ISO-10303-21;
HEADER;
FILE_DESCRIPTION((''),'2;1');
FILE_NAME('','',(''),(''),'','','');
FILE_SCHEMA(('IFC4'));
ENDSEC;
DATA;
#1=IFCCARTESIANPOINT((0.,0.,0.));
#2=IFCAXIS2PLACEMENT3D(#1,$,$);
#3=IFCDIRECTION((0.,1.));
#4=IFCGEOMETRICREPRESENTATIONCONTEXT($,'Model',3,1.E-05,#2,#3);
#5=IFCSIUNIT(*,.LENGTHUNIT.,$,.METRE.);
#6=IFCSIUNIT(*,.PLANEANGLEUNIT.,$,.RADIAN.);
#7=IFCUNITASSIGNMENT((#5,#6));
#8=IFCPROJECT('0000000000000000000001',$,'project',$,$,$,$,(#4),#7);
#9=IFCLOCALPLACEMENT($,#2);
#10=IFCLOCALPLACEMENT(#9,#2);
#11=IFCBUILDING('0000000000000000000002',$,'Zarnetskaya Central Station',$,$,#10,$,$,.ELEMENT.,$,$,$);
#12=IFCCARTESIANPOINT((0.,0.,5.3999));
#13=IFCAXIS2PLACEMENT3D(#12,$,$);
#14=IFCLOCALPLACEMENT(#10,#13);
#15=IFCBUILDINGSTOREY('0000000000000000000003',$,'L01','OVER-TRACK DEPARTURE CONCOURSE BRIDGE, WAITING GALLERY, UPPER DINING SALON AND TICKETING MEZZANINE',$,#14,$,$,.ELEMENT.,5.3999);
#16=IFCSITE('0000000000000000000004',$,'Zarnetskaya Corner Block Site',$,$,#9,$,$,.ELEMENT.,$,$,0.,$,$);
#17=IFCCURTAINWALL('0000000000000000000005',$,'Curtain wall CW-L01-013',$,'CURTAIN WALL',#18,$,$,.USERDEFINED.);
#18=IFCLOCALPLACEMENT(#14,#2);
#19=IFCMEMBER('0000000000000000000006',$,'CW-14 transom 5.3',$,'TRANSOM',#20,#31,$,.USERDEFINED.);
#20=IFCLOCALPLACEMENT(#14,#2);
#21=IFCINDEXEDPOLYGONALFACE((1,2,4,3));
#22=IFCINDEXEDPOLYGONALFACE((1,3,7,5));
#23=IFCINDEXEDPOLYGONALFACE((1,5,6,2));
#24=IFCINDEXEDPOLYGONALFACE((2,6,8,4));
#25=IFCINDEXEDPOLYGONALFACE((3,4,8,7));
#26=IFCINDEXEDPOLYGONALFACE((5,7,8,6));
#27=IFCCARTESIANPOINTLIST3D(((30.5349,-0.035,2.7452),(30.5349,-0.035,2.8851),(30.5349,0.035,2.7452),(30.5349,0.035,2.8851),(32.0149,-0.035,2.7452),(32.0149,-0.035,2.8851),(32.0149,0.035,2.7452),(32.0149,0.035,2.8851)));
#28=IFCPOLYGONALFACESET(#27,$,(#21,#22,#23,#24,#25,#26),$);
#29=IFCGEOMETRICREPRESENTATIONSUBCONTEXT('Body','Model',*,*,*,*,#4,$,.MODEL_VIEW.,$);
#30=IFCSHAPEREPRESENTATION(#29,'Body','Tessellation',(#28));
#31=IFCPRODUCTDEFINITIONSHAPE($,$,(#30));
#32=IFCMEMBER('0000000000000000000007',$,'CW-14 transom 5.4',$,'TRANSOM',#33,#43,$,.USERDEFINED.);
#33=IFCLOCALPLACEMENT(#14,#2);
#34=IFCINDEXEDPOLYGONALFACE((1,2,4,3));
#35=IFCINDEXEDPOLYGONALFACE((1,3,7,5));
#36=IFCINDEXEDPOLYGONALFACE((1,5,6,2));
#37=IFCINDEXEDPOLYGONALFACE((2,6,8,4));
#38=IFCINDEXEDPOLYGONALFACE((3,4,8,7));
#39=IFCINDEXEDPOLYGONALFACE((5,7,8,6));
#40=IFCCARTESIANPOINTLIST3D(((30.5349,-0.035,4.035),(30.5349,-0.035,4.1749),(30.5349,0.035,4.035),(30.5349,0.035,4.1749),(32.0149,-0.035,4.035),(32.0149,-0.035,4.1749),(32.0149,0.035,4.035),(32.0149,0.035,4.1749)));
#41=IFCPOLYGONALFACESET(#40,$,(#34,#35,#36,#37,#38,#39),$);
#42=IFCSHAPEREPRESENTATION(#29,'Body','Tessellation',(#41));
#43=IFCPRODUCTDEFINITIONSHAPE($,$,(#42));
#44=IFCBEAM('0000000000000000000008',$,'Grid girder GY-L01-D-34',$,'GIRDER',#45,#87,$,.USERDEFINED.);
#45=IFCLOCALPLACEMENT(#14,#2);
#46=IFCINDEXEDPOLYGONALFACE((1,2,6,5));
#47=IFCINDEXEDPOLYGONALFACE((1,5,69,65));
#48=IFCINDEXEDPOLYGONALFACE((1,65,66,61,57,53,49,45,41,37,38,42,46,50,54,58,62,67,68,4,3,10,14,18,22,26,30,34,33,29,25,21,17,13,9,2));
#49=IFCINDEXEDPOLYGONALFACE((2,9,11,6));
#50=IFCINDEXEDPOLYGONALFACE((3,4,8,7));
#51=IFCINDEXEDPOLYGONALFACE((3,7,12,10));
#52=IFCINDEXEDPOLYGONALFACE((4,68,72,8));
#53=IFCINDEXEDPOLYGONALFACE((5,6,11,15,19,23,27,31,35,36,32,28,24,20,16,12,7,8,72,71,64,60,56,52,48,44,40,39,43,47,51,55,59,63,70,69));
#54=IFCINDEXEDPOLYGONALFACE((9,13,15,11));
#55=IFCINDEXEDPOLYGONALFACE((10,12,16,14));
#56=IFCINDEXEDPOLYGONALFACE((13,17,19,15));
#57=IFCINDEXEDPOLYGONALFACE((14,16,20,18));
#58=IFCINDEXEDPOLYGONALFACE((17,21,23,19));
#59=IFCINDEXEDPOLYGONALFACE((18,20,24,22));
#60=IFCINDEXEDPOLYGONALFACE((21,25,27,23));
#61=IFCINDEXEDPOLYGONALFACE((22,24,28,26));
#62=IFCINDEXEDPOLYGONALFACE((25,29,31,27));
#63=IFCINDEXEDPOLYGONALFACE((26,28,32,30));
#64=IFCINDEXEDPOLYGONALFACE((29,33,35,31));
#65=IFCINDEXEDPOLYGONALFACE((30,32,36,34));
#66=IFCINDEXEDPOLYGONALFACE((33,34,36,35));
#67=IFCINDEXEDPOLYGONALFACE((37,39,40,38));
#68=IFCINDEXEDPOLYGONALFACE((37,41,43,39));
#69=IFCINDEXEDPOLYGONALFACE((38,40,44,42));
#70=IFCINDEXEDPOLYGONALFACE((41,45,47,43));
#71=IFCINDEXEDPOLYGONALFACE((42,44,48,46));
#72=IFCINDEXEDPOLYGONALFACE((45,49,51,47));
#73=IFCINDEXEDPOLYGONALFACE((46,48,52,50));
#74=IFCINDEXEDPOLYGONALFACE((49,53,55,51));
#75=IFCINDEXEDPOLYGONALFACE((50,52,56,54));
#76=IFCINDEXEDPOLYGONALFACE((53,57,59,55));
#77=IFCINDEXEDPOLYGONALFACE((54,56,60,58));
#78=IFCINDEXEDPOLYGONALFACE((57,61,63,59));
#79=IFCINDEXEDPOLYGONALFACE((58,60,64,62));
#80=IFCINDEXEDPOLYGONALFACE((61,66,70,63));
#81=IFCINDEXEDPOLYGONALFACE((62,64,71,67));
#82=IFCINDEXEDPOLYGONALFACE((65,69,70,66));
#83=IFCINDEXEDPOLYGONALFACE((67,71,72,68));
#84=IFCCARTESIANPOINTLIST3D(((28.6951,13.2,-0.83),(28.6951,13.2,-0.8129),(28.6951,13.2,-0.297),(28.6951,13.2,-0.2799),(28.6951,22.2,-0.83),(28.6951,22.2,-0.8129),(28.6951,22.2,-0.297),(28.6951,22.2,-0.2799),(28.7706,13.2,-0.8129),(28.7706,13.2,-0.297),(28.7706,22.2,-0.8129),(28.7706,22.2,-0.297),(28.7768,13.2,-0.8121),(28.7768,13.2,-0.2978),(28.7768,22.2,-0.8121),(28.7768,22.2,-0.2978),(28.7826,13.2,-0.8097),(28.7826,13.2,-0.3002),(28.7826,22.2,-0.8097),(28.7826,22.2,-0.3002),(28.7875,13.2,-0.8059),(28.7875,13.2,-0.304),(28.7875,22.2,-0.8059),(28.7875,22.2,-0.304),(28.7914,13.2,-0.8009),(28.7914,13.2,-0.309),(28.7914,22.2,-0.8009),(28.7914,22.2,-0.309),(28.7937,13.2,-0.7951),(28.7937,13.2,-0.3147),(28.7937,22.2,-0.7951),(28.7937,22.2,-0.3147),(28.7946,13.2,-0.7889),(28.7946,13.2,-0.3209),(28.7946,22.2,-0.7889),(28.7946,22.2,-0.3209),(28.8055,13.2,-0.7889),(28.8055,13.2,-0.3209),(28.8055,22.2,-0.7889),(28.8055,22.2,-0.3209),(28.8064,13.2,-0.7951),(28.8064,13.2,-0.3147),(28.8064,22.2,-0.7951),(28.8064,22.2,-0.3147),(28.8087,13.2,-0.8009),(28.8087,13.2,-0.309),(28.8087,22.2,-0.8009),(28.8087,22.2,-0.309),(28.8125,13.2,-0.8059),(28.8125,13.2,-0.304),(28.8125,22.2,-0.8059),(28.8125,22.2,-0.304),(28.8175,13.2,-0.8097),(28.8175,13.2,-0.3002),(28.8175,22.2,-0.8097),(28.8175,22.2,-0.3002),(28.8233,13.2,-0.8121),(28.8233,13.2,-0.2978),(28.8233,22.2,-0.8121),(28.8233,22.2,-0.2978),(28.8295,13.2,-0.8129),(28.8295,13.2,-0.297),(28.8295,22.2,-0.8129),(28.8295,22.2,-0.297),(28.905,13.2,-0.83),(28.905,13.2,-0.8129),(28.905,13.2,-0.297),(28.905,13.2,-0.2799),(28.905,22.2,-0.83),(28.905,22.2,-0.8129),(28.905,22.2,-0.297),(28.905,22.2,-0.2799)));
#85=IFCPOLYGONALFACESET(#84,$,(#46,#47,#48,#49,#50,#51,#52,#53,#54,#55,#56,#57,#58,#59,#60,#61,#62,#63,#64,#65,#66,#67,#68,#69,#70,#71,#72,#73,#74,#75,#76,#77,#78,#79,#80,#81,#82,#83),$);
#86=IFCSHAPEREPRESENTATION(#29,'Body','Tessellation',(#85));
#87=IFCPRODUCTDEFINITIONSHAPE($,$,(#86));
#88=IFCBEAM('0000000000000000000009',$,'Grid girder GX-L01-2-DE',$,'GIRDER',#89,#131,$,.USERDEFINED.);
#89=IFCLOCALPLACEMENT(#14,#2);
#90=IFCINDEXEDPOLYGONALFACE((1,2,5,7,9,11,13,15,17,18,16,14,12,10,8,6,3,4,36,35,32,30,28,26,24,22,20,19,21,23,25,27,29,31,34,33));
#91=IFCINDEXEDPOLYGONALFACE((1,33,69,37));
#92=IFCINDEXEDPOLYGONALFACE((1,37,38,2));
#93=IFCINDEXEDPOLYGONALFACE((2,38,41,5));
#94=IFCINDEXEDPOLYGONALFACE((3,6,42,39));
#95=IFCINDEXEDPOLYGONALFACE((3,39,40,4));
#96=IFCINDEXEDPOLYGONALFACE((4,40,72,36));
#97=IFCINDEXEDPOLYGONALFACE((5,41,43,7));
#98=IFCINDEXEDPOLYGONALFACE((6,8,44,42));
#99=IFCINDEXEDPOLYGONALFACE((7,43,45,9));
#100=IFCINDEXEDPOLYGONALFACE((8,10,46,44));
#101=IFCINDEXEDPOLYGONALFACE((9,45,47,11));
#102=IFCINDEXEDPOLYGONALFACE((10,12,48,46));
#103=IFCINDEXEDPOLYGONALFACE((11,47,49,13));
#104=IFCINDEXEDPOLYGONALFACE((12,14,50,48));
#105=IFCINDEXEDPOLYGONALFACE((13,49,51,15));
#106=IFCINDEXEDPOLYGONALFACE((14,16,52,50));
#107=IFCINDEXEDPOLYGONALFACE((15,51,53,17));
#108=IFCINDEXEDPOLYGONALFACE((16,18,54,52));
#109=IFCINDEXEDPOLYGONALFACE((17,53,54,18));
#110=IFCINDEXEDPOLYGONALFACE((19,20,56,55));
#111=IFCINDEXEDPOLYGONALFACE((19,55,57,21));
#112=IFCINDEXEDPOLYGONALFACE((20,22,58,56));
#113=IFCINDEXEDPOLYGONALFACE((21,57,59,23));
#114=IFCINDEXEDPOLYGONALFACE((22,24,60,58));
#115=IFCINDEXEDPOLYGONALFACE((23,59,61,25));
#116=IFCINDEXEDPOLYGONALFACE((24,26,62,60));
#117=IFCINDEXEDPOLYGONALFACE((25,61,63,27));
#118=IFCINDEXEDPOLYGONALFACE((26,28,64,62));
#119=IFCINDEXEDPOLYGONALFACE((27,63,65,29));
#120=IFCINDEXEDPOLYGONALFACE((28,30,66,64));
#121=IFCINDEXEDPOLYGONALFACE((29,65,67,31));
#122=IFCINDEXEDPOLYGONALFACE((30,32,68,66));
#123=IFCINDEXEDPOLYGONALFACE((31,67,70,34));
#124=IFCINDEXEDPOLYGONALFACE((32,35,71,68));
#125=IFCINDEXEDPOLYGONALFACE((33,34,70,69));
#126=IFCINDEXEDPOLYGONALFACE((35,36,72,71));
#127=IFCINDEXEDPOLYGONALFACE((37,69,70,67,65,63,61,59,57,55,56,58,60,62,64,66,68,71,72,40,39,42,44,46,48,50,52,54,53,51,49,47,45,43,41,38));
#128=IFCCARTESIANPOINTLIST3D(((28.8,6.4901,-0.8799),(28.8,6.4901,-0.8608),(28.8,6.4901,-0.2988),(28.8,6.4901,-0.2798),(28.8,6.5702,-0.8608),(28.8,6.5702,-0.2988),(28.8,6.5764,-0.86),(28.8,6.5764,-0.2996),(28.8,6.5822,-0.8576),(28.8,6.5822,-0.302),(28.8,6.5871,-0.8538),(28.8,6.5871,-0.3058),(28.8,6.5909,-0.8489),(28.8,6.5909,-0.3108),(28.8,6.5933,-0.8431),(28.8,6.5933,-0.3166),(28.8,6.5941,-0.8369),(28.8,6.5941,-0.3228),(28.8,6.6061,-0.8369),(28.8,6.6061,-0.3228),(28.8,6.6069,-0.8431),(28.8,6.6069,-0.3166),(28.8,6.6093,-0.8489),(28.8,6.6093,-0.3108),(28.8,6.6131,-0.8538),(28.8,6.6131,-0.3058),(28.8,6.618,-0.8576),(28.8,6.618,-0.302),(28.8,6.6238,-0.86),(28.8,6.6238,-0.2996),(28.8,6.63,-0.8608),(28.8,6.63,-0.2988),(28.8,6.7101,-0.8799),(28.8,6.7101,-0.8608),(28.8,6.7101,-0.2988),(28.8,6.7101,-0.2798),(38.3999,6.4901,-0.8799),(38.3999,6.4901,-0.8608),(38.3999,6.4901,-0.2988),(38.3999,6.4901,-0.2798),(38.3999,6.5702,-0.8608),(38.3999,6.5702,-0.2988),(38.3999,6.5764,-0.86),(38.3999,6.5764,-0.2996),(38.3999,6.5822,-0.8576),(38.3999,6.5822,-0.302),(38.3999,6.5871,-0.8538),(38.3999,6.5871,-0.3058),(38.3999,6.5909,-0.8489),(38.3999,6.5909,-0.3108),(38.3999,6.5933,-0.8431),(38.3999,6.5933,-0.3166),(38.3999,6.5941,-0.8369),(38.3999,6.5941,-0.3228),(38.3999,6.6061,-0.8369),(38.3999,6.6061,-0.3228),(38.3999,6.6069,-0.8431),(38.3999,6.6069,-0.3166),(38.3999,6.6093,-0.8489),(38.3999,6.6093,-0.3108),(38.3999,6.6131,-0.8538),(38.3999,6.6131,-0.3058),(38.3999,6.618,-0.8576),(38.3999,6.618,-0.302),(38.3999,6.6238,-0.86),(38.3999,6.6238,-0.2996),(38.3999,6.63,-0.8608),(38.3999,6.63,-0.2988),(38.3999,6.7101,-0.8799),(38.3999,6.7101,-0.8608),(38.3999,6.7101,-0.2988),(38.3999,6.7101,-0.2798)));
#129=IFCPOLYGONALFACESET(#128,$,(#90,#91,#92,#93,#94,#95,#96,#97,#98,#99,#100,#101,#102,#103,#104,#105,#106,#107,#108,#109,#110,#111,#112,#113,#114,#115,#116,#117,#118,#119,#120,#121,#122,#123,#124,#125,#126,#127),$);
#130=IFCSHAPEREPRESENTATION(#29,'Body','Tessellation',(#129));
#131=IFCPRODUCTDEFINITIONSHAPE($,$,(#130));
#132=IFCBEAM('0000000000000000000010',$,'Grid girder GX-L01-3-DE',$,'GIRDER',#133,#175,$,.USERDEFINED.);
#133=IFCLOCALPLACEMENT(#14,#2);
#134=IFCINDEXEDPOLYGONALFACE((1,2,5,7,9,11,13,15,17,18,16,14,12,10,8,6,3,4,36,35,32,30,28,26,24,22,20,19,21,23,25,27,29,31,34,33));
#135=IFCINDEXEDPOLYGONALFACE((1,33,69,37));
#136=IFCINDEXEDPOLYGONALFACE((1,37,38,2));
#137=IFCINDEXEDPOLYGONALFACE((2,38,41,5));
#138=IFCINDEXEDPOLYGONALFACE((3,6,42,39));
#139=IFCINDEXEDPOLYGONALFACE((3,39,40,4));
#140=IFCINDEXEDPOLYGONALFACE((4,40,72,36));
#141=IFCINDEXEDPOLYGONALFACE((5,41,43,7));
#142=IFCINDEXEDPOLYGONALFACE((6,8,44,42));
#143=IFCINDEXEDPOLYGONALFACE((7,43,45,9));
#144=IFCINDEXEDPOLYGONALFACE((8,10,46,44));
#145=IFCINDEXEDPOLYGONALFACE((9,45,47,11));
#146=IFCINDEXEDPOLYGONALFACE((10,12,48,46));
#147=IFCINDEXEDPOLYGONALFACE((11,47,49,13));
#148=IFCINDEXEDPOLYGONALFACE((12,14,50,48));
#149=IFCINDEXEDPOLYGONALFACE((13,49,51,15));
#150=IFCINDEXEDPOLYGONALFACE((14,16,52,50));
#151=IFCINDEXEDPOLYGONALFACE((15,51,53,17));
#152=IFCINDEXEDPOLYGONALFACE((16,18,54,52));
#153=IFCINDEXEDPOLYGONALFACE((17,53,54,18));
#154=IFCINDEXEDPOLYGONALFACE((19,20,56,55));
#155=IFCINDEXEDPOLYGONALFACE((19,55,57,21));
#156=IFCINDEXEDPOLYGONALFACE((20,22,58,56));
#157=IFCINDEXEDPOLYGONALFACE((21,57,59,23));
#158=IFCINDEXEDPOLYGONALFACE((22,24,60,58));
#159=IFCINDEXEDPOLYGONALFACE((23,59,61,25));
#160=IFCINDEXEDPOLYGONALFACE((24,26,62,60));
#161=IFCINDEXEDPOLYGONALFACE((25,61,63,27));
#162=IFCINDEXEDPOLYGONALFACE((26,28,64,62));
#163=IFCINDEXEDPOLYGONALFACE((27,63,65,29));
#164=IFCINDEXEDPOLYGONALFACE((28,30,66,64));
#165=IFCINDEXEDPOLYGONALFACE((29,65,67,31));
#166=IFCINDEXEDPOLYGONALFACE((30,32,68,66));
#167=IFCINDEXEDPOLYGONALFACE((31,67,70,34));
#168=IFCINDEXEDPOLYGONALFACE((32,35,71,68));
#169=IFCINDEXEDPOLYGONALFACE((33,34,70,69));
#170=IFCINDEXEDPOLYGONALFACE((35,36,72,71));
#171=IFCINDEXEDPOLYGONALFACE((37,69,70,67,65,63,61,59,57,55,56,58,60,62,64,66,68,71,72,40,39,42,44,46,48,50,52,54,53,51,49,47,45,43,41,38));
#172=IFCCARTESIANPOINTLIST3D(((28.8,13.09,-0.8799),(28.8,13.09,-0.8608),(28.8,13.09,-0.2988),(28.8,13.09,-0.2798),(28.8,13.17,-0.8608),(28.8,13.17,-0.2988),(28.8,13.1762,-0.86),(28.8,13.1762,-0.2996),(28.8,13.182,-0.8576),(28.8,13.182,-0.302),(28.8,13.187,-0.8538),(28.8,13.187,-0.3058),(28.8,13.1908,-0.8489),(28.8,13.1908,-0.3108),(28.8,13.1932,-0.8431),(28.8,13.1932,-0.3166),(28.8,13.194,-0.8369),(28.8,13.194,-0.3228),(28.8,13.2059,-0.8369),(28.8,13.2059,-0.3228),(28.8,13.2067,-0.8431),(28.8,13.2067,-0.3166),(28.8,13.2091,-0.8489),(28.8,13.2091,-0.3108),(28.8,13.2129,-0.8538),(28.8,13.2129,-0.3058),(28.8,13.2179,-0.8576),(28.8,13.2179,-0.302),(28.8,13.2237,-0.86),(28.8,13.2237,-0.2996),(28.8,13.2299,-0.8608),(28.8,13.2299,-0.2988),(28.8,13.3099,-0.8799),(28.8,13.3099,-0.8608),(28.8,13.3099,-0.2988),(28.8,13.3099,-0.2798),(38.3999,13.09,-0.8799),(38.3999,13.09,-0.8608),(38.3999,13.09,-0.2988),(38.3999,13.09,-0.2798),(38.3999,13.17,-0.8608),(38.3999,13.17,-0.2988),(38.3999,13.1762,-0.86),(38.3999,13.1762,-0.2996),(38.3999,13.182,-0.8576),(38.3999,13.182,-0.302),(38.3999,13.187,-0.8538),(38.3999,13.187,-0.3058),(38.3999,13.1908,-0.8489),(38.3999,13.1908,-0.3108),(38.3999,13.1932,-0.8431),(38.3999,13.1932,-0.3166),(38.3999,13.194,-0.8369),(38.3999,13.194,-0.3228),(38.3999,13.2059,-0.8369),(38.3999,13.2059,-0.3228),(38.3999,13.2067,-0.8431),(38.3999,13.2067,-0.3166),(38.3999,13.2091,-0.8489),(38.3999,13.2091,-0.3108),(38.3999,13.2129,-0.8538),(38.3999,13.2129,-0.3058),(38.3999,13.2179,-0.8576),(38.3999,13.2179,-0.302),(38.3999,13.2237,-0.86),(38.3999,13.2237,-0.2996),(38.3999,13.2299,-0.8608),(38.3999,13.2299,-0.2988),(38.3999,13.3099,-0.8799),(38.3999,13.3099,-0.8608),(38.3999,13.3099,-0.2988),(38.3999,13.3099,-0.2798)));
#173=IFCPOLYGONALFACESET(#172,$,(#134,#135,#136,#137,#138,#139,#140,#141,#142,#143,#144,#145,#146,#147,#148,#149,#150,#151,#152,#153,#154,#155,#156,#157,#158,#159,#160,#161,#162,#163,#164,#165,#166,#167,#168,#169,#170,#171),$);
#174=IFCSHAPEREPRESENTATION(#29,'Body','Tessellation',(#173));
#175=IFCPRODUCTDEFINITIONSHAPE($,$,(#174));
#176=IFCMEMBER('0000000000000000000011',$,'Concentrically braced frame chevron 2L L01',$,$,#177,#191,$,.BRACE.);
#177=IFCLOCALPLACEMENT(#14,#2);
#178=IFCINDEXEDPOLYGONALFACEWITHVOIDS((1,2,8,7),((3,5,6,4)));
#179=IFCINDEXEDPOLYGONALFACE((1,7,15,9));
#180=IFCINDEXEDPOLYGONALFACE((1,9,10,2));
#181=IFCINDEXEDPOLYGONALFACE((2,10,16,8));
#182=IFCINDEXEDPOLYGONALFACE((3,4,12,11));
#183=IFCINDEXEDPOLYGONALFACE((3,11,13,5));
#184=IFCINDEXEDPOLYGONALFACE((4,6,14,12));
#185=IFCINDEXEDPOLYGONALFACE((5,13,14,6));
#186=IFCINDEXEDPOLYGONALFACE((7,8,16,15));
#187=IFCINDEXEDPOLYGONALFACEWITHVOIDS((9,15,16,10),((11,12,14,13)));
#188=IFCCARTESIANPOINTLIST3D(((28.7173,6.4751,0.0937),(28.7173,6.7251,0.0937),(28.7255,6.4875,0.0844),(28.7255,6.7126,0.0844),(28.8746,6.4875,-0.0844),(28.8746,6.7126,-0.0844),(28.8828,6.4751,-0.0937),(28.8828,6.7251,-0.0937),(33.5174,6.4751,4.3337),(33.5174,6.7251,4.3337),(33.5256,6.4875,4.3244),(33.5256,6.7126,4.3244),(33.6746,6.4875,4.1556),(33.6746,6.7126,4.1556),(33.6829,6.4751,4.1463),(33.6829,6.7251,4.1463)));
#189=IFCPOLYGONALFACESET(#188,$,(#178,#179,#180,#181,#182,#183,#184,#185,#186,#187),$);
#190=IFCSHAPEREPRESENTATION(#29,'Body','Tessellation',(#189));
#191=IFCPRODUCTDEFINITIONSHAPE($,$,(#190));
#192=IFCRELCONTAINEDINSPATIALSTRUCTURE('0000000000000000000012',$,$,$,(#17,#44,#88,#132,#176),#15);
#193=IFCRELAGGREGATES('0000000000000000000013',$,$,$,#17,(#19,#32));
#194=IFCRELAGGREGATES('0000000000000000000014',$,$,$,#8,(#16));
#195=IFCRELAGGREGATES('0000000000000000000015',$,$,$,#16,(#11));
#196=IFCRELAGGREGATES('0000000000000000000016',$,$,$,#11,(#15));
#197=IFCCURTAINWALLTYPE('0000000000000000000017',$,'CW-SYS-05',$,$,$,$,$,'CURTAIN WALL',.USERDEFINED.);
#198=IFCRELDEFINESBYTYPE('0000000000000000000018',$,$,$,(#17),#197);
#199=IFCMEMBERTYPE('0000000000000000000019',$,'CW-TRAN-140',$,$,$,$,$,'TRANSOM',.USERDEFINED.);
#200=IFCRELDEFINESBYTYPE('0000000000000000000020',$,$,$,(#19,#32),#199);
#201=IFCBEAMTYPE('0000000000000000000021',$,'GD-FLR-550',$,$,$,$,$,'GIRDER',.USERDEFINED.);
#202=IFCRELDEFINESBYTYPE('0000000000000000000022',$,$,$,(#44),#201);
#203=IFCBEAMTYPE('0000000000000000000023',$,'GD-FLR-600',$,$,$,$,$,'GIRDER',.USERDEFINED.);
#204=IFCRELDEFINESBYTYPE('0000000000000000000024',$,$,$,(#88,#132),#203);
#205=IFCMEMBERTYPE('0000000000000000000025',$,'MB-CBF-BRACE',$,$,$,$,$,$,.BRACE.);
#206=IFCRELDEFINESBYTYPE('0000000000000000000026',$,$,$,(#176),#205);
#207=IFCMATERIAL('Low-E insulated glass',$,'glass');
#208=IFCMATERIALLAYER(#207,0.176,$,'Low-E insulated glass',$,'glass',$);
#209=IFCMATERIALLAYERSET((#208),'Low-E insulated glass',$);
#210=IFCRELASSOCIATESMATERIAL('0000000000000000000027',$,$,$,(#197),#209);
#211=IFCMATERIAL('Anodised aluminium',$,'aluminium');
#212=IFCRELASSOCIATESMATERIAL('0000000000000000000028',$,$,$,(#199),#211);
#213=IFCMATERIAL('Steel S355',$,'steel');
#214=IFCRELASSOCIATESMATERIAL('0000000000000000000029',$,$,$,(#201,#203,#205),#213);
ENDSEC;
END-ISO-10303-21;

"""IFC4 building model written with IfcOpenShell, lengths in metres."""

from ifc_helpers import new_model, si_unit, direction, frame, origin, origin_2d, place, context, subcontext, project, spatial, rectangle, hollow_rectangle, i_section, extrude, material, layer, layer_set, material_profile, profile_set, type_object, element, aggregate, save


model = new_model("IFC4")

# Units and contexts
model_context = context("Model", 3, precision=1e-05, world=origin(), true_north=direction((0.0, 1.0)))
body_context = subcontext(model_context, "Body", "Model", "MODEL_VIEW")
ifc_project = project(units=[si_unit("LENGTHUNIT", "METRE"), si_unit("PLANEANGLEUNIT", "RADIAN")], contexts=[model_context])

# Site, building, storey
site_placement = place(None, origin())
site = spatial("IfcSite", under=ifc_project, at=site_placement, Name="Zarnetskaya Corner Block Site", CompositionType="ELEMENT", RefElevation=0.0)
building_placement = place(site_placement, origin())
building = spatial("IfcBuilding", under=site, at=building_placement, Name="Zarnetskaya Central Station", CompositionType="ELEMENT")
storey_placement = place(building_placement, frame((0.0, 0.0, 5.3999)))
storey = spatial("IfcBuildingStorey", under=building, at=storey_placement, Name="L01", Description="OVER-TRACK DEPARTURE CONCOURSE BRIDGE, WAITING GALLERY, UPPER DINING SALON AND TICKETING MEZZANINE", CompositionType="ELEMENT", Elevation=5.3999)

# Shared definitions
ifc_material_1 = material(Name="Steel S355", Category="steel")

# Curtain wall, members
ifc_material_2 = material(Name="Low-E insulated glass", Category="glass")
ifc_layer_1 = layer(ifc_material_2, 0.176, Name="Low-E insulated glass", Category="glass")
ifc_layer_set_1 = layer_set([ifc_layer_1], Name="Low-E insulated glass")
curtain_wall_type = type_object("IfcCurtainWallType", Name="CW-SYS-05", ElementType="CURTAIN WALL", PredefinedType="USERDEFINED", material=ifc_layer_set_1)
curtain_wall_placement = place(storey_placement, origin())
curtain_wall = element("IfcCurtainWall", 1, at=curtain_wall_placement, inside=storey, type_object=curtain_wall_type, Name="Curtain wall CW-L01-013", ObjectType="CURTAIN WALL", PredefinedType="USERDEFINED")
ifc_material_3 = material(Name="Anodised aluminium", Category="aluminium")
ifc_material_profile_1 = material_profile(ifc_material_3, rectangle(XDim=0.0701, YDim=0.1399, at=origin_2d()), Name="ALU TRAN 70x140")
ifc_profile_set_1 = profile_set([ifc_material_profile_1], Name="Anodised aluminium")
member_type_1 = type_object("IfcMemberType", Name="CW-TRAN-140", ElementType="TRANSOM", PredefinedType="USERDEFINED", material=ifc_profile_set_1)
member_1_placement = place(storey_placement, frame((32.0149, 0.0, 2.8152), z_axis=(-1.0, 0.0, 0.0), x_axis=(0.0, -1.0, 0.0)))
member_1 = element("IfcMember", 2, at=member_1_placement, type_object=member_type_1, Name="CW-14 transom 5.3", ObjectType="TRANSOM", PredefinedType="USERDEFINED", context=body_context, shape_type="SweptSolid", body=[
    extrude(rectangle(XDim=0.0701, YDim=0.1399, at=origin_2d()), origin(), (0.0, 0.0, 1.0), 1.48),
])
member_2_placement = place(storey_placement, frame((32.0149, 0.0, 4.105), z_axis=(-1.0, 0.0, 0.0), x_axis=(0.0, -1.0, 0.0)))
member_2 = element("IfcMember", 3, at=member_2_placement, type_object=member_type_1, Name="CW-14 transom 5.4", ObjectType="TRANSOM", PredefinedType="USERDEFINED", context=body_context, shape_type="SweptSolid", body=[
    extrude(rectangle(XDim=0.0701, YDim=0.1399, at=origin_2d()), origin(), (0.0, 0.0, 1.0), 1.48),
])

# Beams
ifc_material_profile_2 = material_profile(ifc_material_1, i_section(OverallWidth=0.21, OverallDepth=0.55, WebThickness=0.011, FlangeThickness=0.0171, FilletRadius=0.0239, at=origin_2d()), Name="IPE 550")
ifc_profile_set_2 = profile_set([ifc_material_profile_2], Name="Steel S355")
beam_type_1 = type_object("IfcBeamType", Name="GD-FLR-550", ElementType="GIRDER", PredefinedType="USERDEFINED", material=ifc_profile_set_2)
beam_placement = place(storey_placement, frame((28.8, 13.2, -0.5549), z_axis=(0.0, 1.0, 0.0), x_axis=(-1.0, 0.0, 0.0)))
element("IfcBeam", 4, at=beam_placement, inside=storey, type_object=beam_type_1, Name="Grid girder GY-L01-D-34", ObjectType="GIRDER", PredefinedType="USERDEFINED", context=body_context, shape_type="SweptSolid", body=[
    extrude(i_section(OverallWidth=0.21, OverallDepth=0.55, WebThickness=0.011, FlangeThickness=0.0171, FilletRadius=0.0239, at=origin_2d()), origin(), (0.0, 0.0, 1.0), 9.0),
])
ifc_material_profile_3 = material_profile(ifc_material_1, i_section(OverallWidth=0.22, OverallDepth=0.6001, WebThickness=0.012, FlangeThickness=0.019, FilletRadius=0.0239, at=origin_2d()), Name="IPE 600")
ifc_profile_set_3 = profile_set([ifc_material_profile_3], Name="Steel S355")
beam_type_2 = type_object("IfcBeamType", Name="GD-FLR-600", ElementType="GIRDER", PredefinedType="USERDEFINED", material=ifc_profile_set_3)
for number, where, z_axis, x_axis, name in (
    (5, (28.8, 6.6001, -0.5798), (1.0, 0.0, 0.0), (0.0, 1.0, 0.0), "Grid girder GX-L01-2-DE"),
    (6, (28.8, 13.2, -0.5798), (1.0, 0.0, 0.0), (0.0, 1.0, 0.0), "Grid girder GX-L01-3-DE"),
):
    element("IfcBeam", number, at=place(storey_placement, frame(where, z_axis=z_axis, x_axis=x_axis)), inside=storey, type_object=beam_type_2, Name=name, ObjectType="GIRDER", PredefinedType="USERDEFINED", context=body_context, shape_type="SweptSolid", body=[
        extrude(i_section(OverallWidth=0.22, OverallDepth=0.6001, WebThickness=0.012, FlangeThickness=0.019, FilletRadius=0.0239, at=origin_2d()), origin(), (0.0, 0.0, 1.0), 9.5999),
    ])

# Member
ifc_material_profile_4 = material_profile(ifc_material_1, hollow_rectangle(XDim=0.25, YDim=0.25, WallThickness=0.0125, at=origin_2d()), Name="SHS 250x250x12.5")
ifc_profile_set_4 = profile_set([ifc_material_profile_4], Name="Steel S355")
member_type_2 = type_object("IfcMemberType", Name="MB-CBF-BRACE", PredefinedType="BRACE", material=ifc_profile_set_4)
member_3_placement = place(storey_placement, frame((28.8, 6.6001, 0.0), z_axis=(0.749477, 0.0, 0.66203), x_axis=(0.0, 1.0, 0.0)))
element("IfcMember", 7, at=member_3_placement, inside=storey, type_object=member_type_2, Name="Concentrically braced frame chevron 2L L01", PredefinedType="BRACE", context=body_context, shape_type="SweptSolid", body=[
    extrude(hollow_rectangle(XDim=0.25, YDim=0.25, WallThickness=0.0125, at=origin_2d()), origin(), (0.0, 0.0, 1.0), 6.4045),
])

aggregate(curtain_wall, [member_1, member_2])

save(model, "model.ifc")
